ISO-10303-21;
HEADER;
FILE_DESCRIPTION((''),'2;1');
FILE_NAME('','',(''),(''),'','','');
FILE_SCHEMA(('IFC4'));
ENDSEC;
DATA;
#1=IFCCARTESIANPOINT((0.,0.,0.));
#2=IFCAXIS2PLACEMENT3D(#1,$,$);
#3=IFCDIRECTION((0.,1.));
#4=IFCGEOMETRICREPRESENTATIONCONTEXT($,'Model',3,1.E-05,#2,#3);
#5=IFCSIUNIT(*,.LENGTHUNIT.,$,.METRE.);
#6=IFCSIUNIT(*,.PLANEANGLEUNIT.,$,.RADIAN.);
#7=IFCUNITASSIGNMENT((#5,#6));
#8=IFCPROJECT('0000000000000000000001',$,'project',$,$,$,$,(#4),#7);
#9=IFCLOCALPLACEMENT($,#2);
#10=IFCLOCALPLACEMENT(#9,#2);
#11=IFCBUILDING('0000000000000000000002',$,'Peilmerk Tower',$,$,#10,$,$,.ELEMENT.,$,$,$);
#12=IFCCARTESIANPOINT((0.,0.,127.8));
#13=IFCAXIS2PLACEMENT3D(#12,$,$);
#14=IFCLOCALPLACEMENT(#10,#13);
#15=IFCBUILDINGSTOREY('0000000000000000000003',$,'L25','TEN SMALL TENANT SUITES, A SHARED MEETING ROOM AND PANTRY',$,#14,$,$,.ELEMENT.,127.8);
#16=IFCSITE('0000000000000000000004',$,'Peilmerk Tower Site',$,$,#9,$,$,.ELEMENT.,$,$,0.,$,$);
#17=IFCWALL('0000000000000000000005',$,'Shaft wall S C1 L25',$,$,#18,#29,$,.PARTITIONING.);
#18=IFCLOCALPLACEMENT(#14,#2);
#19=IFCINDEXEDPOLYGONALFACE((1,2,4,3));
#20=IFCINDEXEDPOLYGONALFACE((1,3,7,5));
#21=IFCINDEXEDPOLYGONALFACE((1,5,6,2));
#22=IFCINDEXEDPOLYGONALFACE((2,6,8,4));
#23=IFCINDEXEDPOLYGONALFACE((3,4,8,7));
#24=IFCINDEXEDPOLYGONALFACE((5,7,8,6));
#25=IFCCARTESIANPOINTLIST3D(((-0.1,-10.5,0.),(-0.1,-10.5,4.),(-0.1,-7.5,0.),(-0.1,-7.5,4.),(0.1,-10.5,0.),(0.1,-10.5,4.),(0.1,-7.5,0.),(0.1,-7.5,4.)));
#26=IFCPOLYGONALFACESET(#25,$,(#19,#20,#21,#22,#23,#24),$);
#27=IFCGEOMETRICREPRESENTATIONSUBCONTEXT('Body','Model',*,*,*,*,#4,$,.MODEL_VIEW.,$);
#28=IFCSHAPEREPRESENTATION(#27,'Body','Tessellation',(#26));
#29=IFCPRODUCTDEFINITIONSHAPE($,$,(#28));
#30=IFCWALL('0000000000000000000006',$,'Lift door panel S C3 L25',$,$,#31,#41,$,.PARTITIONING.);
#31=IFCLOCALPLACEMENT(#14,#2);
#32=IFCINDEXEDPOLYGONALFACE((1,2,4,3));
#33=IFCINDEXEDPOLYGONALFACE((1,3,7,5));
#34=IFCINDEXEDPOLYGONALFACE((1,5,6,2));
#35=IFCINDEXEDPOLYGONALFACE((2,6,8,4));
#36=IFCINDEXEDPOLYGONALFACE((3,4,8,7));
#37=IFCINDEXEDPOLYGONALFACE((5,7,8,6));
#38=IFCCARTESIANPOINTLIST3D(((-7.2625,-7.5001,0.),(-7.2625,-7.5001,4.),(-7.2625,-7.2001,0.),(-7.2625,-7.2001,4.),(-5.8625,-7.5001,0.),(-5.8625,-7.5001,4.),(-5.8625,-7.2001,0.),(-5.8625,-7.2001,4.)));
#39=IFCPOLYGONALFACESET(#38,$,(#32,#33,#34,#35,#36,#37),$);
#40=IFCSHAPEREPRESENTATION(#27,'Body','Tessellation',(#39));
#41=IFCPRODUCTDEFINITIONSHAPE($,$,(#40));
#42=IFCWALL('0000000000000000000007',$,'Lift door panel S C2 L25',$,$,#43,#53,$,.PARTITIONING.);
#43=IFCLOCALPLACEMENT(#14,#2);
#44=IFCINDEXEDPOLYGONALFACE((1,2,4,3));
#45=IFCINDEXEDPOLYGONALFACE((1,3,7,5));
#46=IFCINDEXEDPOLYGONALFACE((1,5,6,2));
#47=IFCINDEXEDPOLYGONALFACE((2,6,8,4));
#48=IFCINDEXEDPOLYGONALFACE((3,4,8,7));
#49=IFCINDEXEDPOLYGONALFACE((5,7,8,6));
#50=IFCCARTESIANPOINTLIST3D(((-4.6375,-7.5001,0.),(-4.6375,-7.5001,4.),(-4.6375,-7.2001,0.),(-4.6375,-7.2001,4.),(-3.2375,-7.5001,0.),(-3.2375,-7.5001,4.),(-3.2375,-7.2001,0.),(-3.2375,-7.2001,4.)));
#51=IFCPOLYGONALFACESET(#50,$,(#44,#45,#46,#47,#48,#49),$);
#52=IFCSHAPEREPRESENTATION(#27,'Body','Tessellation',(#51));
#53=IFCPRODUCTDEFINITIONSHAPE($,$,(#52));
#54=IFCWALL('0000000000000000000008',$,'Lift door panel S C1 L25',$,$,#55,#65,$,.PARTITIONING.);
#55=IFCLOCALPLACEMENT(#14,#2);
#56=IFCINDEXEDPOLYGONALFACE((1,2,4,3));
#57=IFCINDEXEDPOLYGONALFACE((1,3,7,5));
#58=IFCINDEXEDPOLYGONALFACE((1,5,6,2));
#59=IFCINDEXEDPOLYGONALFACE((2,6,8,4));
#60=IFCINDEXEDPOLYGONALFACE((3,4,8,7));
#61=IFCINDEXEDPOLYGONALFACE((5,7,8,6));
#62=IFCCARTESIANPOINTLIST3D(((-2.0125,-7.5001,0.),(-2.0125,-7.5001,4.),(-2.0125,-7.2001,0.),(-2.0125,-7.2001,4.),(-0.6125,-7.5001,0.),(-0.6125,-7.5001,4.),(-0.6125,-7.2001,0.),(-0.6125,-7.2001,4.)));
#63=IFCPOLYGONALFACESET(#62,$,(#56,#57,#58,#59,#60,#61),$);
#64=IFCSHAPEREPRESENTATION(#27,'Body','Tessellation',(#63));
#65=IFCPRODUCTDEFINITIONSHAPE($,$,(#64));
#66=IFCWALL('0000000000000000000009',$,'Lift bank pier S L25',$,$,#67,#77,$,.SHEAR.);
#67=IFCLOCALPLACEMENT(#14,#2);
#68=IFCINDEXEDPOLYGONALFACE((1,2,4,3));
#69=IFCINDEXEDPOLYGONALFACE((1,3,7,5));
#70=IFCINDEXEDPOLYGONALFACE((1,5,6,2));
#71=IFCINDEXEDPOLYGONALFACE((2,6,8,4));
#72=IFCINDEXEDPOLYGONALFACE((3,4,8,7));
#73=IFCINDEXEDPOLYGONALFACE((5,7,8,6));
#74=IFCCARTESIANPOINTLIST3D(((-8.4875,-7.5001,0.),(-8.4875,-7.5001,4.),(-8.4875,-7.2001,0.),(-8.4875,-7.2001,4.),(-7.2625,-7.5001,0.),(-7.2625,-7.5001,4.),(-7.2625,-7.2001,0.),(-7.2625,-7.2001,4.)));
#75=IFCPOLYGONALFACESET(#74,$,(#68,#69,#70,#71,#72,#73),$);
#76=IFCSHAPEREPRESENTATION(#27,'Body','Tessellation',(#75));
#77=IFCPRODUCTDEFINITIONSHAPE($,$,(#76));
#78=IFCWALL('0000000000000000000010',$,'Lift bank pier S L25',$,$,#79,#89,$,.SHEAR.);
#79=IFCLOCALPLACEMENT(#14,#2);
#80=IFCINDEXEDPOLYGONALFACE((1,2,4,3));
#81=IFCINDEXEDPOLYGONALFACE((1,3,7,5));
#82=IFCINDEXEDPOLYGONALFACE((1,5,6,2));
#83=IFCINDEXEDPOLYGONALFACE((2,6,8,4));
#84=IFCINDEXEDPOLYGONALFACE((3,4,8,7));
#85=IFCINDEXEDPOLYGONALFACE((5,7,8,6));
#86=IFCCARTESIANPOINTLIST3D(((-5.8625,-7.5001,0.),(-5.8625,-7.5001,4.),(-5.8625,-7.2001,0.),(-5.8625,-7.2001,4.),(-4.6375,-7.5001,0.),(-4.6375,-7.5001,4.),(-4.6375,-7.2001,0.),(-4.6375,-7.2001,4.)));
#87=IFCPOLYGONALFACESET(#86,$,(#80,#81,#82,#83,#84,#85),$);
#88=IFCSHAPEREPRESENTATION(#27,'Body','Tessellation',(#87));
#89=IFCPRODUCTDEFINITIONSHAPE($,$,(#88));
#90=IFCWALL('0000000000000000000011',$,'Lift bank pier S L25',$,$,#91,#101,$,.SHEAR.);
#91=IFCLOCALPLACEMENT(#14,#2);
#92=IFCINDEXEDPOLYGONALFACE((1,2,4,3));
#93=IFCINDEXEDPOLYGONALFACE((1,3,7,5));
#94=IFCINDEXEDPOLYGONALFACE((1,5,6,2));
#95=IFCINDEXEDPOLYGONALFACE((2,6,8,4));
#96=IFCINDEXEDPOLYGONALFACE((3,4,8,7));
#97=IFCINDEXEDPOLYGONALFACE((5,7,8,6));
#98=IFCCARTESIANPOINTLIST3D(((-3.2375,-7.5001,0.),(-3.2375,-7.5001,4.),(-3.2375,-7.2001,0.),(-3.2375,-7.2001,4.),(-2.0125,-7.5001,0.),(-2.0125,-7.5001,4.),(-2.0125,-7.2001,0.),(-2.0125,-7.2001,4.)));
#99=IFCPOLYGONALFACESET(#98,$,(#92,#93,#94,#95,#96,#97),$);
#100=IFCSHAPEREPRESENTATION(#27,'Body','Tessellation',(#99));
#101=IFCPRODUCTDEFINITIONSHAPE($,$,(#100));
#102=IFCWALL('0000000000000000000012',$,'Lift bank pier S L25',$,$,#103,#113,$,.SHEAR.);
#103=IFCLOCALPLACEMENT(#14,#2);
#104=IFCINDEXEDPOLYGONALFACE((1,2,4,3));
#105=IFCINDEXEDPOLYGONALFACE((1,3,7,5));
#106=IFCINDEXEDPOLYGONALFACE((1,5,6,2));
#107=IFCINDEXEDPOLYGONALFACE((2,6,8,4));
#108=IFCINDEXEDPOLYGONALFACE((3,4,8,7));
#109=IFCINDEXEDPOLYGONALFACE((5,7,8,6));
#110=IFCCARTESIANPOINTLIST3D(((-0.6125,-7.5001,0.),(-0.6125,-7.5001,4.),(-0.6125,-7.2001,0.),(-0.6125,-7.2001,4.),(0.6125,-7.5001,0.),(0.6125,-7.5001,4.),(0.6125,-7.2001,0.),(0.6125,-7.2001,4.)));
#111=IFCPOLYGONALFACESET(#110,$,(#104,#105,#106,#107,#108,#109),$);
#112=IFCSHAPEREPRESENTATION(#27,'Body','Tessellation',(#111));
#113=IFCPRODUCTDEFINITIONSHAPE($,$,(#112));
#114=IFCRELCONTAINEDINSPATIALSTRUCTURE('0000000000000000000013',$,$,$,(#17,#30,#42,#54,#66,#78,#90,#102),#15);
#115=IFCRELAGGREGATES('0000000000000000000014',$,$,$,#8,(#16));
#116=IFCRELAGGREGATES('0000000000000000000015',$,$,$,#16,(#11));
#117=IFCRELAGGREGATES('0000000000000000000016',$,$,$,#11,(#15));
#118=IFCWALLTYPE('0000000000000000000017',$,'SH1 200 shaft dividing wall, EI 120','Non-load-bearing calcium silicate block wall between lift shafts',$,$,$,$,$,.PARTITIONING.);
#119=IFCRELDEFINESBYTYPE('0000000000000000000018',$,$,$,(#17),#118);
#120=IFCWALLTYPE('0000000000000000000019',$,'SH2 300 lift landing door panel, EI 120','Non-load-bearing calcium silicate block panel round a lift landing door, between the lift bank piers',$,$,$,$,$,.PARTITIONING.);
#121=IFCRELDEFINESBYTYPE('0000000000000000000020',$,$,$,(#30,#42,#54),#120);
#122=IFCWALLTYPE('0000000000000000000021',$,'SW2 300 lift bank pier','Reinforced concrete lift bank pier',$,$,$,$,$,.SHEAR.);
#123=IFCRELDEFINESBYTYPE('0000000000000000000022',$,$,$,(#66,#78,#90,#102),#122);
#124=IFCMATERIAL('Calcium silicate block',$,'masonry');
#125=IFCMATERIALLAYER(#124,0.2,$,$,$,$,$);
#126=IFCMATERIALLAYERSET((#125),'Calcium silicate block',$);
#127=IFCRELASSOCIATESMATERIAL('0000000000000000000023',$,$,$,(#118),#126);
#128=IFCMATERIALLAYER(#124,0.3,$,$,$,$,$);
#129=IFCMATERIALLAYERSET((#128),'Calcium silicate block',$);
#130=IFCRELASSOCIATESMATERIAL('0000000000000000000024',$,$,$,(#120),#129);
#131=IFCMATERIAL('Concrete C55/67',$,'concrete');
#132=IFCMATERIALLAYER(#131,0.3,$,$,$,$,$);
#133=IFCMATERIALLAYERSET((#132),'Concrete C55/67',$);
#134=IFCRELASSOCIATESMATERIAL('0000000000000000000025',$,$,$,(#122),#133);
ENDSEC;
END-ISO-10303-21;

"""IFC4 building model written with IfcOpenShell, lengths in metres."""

from ifc_helpers import new_model, si_unit, direction, frame, frame_2d, origin, place, context, subcontext, project, spatial, rectangle, extrude, material, layer, layer_set, type_object, element, save


model = new_model("IFC4")

# Units and contexts
model_context = context("Model", 3, precision=1e-05, world=origin(), true_north=direction((0.0, 1.0)))
body_context = subcontext(model_context, "Body", "Model", "MODEL_VIEW")
ifc_project = project(units=[si_unit("LENGTHUNIT", "METRE"), si_unit("PLANEANGLEUNIT", "RADIAN")], contexts=[model_context])

# Site, building, storey
site_placement = place(None, origin())
site = spatial("IfcSite", under=ifc_project, at=site_placement, Name="Peilmerk Tower Site", CompositionType="ELEMENT", RefElevation=0.0)
building_placement = place(site_placement, origin())
building = spatial("IfcBuilding", under=site, at=building_placement, Name="Peilmerk Tower", CompositionType="ELEMENT")
storey_placement = place(building_placement, frame((0.0, 0.0, 127.8)))
storey = spatial("IfcBuildingStorey", under=building, at=storey_placement, Name="L25", Description="TEN SMALL TENANT SUITES, A SHARED MEETING ROOM AND PANTRY", CompositionType="ELEMENT", Elevation=127.8)

# Walls
ifc_material_1 = material(Name="Calcium silicate block", Category="masonry")
ifc_layer_1 = layer(ifc_material_1, 0.2)
ifc_layer_set_1 = layer_set([ifc_layer_1], Name="Calcium silicate block")
wall_type_1 = type_object("IfcWallType", Name="SH1 200 shaft dividing wall, EI 120", Description="Non-load-bearing calcium silicate block wall between lift shafts", PredefinedType="PARTITIONING", material=ifc_layer_set_1)
for number, where, z_axis, x_axis, name in (
    (1, (0.0, -10.5, 0.0), (0.0, 0.0, 1.0), (0.0, 1.0, 0.0), "Shaft wall S C1 L25"),
):
    element("IfcWall", number, at=place(storey_placement, frame(where, z_axis=z_axis, x_axis=x_axis)), inside=storey, type_object=wall_type_1, Name=name, PredefinedType="PARTITIONING", context=body_context, shape_type="SweptSolid", body=[
        extrude(rectangle(XDim=3.0, YDim=0.2, at=frame_2d((1.5, 0.0))), origin(), (0.0, 0.0, 1.0), 4.0),
    ])
ifc_layer_2 = layer(ifc_material_1, 0.3)
ifc_layer_set_2 = layer_set([ifc_layer_2], Name="Calcium silicate block")
wall_type_2 = type_object("IfcWallType", Name="SH2 300 lift landing door panel, EI 120", Description="Non-load-bearing calcium silicate block panel round a lift landing door, between the lift bank piers", PredefinedType="PARTITIONING", material=ifc_layer_set_2)
for number, where, z_axis, x_axis, name in (
    (2, (-7.2625, -7.3501, 0.0), (0.0, 0.0, 1.0), (1.0, 0.0, 0.0), "Lift door panel S C3 L25"),
    (3, (-4.6375, -7.3501, 0.0), (0.0, 0.0, 1.0), (1.0, 0.0, 0.0), "Lift door panel S C2 L25"),
    (4, (-2.0125, -7.3501, 0.0), (0.0, 0.0, 1.0), (1.0, 0.0, 0.0), "Lift door panel S C1 L25"),
):
    element("IfcWall", number, at=place(storey_placement, frame(where, z_axis=z_axis, x_axis=x_axis)), inside=storey, type_object=wall_type_2, Name=name, PredefinedType="PARTITIONING", context=body_context, shape_type="SweptSolid", body=[
        extrude(rectangle(XDim=1.3999, YDim=0.3, at=frame_2d((0.7, 0.0))), origin(), (0.0, 0.0, 1.0), 4.0),
    ])
ifc_material_2 = material(Name="Concrete C55/67", Category="concrete")
ifc_layer_3 = layer(ifc_material_2, 0.3)
ifc_layer_set_3 = layer_set([ifc_layer_3], Name="Concrete C55/67")
wall_type_3 = type_object("IfcWallType", Name="SW2 300 lift bank pier", Description="Reinforced concrete lift bank pier", PredefinedType="SHEAR", material=ifc_layer_set_3)
for number, where, z_axis, x_axis, name in (
    (5, (-8.4875, -7.3501, 0.0), (0.0, 0.0, 1.0), (1.0, 0.0, 0.0), "Lift bank pier S L25"),
    (6, (-5.8625, -7.3501, 0.0), (0.0, 0.0, 1.0), (1.0, 0.0, 0.0), "Lift bank pier S L25"),
    (7, (-3.2375, -7.3501, 0.0), (0.0, 0.0, 1.0), (1.0, 0.0, 0.0), "Lift bank pier S L25"),
    (8, (-0.6125, -7.3501, 0.0), (0.0, 0.0, 1.0), (1.0, 0.0, 0.0), "Lift bank pier S L25"),
):
    element("IfcWall", number, at=place(storey_placement, frame(where, z_axis=z_axis, x_axis=x_axis)), inside=storey, type_object=wall_type_3, Name=name, PredefinedType="SHEAR", context=body_context, shape_type="SweptSolid", body=[
        extrude(rectangle(XDim=1.2251, YDim=0.3, at=frame_2d((0.6125, 0.0))), origin(), (0.0, 0.0, 1.0), 4.0),
    ])

save(model, "model.ifc")
